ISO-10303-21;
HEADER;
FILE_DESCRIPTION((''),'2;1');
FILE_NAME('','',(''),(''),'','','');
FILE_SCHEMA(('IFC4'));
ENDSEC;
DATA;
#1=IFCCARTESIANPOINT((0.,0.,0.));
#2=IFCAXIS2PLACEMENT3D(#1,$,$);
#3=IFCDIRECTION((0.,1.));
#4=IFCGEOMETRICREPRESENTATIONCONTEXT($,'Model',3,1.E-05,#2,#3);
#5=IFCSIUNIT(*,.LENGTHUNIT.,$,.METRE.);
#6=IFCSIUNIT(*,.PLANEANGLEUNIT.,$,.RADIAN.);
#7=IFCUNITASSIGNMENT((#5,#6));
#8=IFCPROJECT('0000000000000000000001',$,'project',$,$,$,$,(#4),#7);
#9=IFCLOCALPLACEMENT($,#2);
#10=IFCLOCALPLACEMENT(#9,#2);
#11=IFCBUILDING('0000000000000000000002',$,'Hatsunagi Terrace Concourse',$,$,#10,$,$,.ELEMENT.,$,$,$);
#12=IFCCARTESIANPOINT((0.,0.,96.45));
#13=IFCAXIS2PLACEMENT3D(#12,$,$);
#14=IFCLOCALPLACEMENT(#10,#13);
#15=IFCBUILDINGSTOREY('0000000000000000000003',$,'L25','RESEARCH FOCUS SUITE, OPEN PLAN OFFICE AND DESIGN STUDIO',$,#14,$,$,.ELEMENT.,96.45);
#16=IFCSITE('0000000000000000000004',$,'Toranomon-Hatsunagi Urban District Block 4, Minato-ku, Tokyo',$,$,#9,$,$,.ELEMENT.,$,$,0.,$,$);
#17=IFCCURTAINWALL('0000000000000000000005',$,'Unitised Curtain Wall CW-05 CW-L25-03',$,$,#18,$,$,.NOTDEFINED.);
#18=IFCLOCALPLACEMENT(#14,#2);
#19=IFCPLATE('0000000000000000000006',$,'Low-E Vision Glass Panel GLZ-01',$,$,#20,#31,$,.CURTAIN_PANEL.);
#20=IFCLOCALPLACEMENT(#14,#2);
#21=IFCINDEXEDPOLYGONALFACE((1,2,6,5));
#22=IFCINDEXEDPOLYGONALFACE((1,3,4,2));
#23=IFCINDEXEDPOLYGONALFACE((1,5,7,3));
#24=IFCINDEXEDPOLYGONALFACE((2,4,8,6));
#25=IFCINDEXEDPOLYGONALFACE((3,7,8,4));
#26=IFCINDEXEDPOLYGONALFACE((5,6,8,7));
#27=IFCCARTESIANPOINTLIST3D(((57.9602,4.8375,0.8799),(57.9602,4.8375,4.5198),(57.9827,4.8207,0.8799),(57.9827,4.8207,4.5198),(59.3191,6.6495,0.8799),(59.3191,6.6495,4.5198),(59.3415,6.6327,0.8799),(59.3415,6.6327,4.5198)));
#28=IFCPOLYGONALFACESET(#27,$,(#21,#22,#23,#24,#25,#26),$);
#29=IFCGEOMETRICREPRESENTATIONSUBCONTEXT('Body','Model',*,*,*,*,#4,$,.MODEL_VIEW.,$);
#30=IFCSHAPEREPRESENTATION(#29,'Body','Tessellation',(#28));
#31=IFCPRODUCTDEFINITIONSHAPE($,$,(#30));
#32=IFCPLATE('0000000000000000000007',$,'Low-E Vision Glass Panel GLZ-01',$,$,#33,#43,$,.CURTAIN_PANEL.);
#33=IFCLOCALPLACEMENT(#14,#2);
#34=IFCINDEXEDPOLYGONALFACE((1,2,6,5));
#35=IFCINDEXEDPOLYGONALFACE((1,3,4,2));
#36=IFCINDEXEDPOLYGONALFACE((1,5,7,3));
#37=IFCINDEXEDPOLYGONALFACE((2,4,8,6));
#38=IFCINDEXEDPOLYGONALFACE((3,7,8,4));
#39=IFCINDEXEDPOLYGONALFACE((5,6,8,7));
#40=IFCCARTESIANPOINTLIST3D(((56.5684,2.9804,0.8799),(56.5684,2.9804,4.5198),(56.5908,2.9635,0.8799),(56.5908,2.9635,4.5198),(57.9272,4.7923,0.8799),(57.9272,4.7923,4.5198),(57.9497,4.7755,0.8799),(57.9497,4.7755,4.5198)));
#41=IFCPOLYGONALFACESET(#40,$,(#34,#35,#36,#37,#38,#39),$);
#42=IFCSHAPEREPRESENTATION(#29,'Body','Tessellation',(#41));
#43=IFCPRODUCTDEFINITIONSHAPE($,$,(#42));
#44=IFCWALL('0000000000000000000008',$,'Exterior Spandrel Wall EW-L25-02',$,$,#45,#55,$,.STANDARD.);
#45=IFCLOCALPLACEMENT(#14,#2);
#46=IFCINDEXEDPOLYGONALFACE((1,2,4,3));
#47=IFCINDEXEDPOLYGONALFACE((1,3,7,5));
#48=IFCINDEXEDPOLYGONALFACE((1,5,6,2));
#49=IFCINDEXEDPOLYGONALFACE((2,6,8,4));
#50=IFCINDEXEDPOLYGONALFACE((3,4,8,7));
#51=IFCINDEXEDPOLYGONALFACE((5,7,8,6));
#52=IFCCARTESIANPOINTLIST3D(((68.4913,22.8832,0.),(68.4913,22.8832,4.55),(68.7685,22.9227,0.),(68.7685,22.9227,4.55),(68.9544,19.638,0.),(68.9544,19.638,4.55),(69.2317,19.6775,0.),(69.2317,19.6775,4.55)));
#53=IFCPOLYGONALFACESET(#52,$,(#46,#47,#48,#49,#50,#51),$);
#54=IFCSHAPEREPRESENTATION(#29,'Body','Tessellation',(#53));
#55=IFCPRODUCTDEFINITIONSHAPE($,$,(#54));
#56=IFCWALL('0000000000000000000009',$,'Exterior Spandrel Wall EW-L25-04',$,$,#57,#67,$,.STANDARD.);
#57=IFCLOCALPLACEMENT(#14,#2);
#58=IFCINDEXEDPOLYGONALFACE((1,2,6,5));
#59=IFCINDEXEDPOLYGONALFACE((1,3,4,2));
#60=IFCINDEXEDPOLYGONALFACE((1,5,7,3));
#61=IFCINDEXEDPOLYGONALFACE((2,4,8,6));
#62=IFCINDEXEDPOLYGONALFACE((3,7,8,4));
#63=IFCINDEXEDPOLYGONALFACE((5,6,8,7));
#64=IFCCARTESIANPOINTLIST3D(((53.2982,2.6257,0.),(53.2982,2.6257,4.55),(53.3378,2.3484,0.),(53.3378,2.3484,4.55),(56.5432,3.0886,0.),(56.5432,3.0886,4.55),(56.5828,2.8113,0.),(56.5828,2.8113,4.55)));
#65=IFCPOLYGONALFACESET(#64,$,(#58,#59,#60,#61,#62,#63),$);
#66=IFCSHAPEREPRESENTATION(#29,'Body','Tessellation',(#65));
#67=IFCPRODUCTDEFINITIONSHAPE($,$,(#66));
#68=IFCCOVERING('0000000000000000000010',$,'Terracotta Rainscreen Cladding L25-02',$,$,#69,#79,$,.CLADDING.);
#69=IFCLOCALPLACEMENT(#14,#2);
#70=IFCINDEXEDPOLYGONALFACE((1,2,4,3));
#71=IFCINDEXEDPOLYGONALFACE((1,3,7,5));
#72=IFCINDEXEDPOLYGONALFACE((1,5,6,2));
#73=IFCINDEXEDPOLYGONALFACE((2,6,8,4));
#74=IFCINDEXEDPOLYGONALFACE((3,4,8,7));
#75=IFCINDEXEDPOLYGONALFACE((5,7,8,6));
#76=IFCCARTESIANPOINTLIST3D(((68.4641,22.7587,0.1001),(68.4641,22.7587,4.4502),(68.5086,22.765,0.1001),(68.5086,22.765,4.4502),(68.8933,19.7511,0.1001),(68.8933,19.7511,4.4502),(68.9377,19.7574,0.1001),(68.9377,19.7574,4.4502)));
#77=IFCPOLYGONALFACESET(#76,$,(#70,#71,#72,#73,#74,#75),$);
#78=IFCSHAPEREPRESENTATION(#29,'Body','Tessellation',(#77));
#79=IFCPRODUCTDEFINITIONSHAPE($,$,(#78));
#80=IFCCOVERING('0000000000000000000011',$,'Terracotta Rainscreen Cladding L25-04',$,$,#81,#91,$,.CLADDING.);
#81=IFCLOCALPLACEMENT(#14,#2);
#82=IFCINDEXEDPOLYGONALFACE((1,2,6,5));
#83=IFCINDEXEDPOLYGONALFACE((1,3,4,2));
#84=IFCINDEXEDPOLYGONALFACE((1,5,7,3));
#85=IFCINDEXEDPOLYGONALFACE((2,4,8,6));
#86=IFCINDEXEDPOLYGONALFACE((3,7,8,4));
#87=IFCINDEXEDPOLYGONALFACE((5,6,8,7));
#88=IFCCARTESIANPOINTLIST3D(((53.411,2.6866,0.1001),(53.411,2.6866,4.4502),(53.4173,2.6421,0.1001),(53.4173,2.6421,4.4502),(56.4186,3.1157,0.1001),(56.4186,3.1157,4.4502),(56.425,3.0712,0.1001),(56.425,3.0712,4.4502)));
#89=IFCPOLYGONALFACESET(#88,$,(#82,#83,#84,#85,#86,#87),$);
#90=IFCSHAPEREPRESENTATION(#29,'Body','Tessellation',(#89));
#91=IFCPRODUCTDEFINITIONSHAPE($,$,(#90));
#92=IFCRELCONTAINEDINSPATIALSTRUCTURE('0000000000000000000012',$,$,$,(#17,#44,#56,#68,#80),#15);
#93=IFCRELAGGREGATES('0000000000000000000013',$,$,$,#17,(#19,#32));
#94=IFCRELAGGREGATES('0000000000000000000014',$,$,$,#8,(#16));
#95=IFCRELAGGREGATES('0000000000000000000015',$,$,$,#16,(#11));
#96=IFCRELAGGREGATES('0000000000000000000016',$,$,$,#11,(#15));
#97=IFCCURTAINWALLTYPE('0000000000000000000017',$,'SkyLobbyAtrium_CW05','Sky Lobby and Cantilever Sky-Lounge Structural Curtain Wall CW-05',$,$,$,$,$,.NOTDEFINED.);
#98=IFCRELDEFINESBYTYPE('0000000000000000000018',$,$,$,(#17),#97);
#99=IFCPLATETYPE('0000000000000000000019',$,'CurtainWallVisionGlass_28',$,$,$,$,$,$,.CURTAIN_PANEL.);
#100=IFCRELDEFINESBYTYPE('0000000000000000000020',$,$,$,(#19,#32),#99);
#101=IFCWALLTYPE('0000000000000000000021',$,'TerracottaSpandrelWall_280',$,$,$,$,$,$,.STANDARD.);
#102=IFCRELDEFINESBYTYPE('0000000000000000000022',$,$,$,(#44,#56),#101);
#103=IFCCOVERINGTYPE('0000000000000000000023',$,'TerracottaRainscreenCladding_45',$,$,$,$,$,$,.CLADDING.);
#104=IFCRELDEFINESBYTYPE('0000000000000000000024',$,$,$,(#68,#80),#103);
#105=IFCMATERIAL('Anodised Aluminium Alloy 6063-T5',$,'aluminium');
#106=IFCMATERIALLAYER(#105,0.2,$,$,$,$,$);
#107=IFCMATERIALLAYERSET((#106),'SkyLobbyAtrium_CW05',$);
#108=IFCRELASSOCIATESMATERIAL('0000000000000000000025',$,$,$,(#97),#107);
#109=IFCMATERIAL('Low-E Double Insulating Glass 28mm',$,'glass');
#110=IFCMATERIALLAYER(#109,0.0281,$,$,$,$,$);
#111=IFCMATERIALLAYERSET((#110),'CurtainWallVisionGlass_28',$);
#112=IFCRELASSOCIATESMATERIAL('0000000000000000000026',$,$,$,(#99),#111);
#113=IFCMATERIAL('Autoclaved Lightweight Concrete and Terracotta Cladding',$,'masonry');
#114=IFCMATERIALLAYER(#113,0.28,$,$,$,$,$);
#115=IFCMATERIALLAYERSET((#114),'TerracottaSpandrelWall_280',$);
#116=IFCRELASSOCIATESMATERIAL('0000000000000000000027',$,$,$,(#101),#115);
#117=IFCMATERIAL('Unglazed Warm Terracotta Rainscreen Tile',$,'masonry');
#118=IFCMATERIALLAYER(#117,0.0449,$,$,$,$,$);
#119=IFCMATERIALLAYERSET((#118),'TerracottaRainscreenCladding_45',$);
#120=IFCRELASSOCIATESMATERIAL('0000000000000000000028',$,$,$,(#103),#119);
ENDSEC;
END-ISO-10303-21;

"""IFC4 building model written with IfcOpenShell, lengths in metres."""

from ifc_helpers import new_model, si_unit, direction, frame, frame_2d, origin, origin_2d, place, context, subcontext, project, spatial, rectangle, extrude, material, layer, layer_set, type_object, element, aggregate, save


model = new_model("IFC4")

# Units and contexts
model_context = context("Model", 3, precision=1e-05, world=origin(), true_north=direction((0.0, 1.0)))
body_context = subcontext(model_context, "Body", "Model", "MODEL_VIEW")
ifc_project = project(units=[si_unit("LENGTHUNIT", "METRE"), si_unit("PLANEANGLEUNIT", "RADIAN")], contexts=[model_context])

# Site, building, storey
site_placement = place(None, origin())
site = spatial("IfcSite", under=ifc_project, at=site_placement, Name="Toranomon-Hatsunagi Urban District Block 4, Minato-ku, Tokyo", CompositionType="ELEMENT", RefElevation=0.0)
building_placement = place(site_placement, origin())
building = spatial("IfcBuilding", under=site, at=building_placement, Name="Hatsunagi Terrace Concourse", CompositionType="ELEMENT")
storey_placement = place(building_placement, frame((0.0, 0.0, 96.45)))
storey = spatial("IfcBuildingStorey", under=building, at=storey_placement, Name="L25", Description="RESEARCH FOCUS SUITE, OPEN PLAN OFFICE AND DESIGN STUDIO", CompositionType="ELEMENT", Elevation=96.45)

# Curtain wall
ifc_material_1 = material(Name="Anodised Aluminium Alloy 6063-T5", Category="aluminium")
ifc_layer_1 = layer(ifc_material_1, 0.2)
ifc_layer_set_1 = layer_set([ifc_layer_1], Name="SkyLobbyAtrium_CW05")
curtain_wall_type = type_object("IfcCurtainWallType", Name="SkyLobbyAtrium_CW05", Description="Sky Lobby and Cantilever Sky-Lounge Structural Curtain Wall CW-05", PredefinedType="NOTDEFINED", material=ifc_layer_set_1)
curtain_wall_placement = place(storey_placement, origin())
curtain_wall = element("IfcCurtainWall", 1, at=curtain_wall_placement, inside=storey, type_object=curtain_wall_type, Name="Unitised Curtain Wall CW-05 CW-L25-03", PredefinedType="NOTDEFINED")

# Plates
ifc_material_2 = material(Name="Low-E Double Insulating Glass 28mm", Category="glass")
ifc_layer_2 = layer(ifc_material_2, 0.0281)
ifc_layer_set_2 = layer_set([ifc_layer_2], Name="CurtainWallVisionGlass_28")
plate_type_1 = type_object("IfcPlateType", Name="CurtainWallVisionGlass_28", PredefinedType="CURTAIN_PANEL", material=ifc_layer_set_2)
plate_1_placement = place(storey_placement, frame((58.6509, 5.7351, 0.8799), z_axis=(0.0, 0.0, 1.0), x_axis=(-0.599969, -0.800023, 0.0)))
plate_1 = element("IfcPlate", 2, at=plate_1_placement, type_object=plate_type_1, Name="Low-E Vision Glass Panel GLZ-01", PredefinedType="CURTAIN_PANEL", context=body_context, shape_type="SweptSolid", body=[
    extrude(rectangle(XDim=2.2649, YDim=0.0281, at=origin_2d()), origin(), (0.0, 0.0, 1.0), 3.6399),
])
plate_2_placement = place(storey_placement, frame((57.259, 3.8779, 0.8799), z_axis=(0.0, 0.0, 1.0), x_axis=(-0.599969, -0.800023, 0.0)))
plate_2 = element("IfcPlate", 3, at=plate_2_placement, type_object=plate_type_1, Name="Low-E Vision Glass Panel GLZ-01", PredefinedType="CURTAIN_PANEL", context=body_context, shape_type="SweptSolid", body=[
    extrude(rectangle(XDim=2.2649, YDim=0.0281, at=origin_2d()), origin(), (0.0, 0.0, 1.0), 3.6399),
])
aggregate(curtain_wall, [plate_1, plate_2])

# Walls
ifc_material_3 = material(Name="Autoclaved Lightweight Concrete and Terracotta Cladding", Category="masonry")
ifc_layer_3 = layer(ifc_material_3, 0.28)
ifc_layer_set_3 = layer_set([ifc_layer_3], Name="TerracottaSpandrelWall_280")
wall_type = type_object("IfcWallType", Name="TerracottaSpandrelWall_280", PredefinedType="STANDARD", material=ifc_layer_set_3)
wall_1_placement = place(storey_placement, frame((68.6299, 22.9031, 0.0), z_axis=(0.0, 0.0, 1.0), x_axis=(0.141286, -0.989969, 0.0)))
element("IfcWall", 4, at=wall_1_placement, inside=storey, type_object=wall_type, Name="Exterior Spandrel Wall EW-L25-02", PredefinedType="STANDARD", context=body_context, shape_type="SweptSolid", body=[
    extrude(rectangle(XDim=3.2781, YDim=0.28, at=frame_2d((1.6392, 0.0))), origin(), (0.0, 0.0, 1.0), 4.55),
])
wall_2_placement = place(storey_placement, frame((56.563, 2.95, 0.0), z_axis=(0.0, 0.0, 1.0), x_axis=(-0.989978, -0.141223, 0.0)))
element("IfcWall", 5, at=wall_2_placement, inside=storey, type_object=wall_type, Name="Exterior Spandrel Wall EW-L25-04", PredefinedType="STANDARD", context=body_context, shape_type="SweptSolid", body=[
    extrude(rectangle(XDim=3.2778, YDim=0.28, at=frame_2d((1.6389, 0.0))), origin(), (0.0, 0.0, 1.0), 4.55),
])

# Coverings
ifc_material_4 = material(Name="Unglazed Warm Terracotta Rainscreen Tile", Category="masonry")
ifc_layer_4 = layer(ifc_material_4, 0.0449)
ifc_layer_set_4 = layer_set([ifc_layer_4], Name="TerracottaRainscreenCladding_45")
covering_type = type_object("IfcCoveringType", Name="TerracottaRainscreenCladding_45", PredefinedType="CLADDING", material=ifc_layer_set_4)
for number, where, z_axis, x_axis, name in (
    (6, (68.7009, 21.2581, 0.1001), (0.0, 0.0, 1.0), (0.14125, -0.989974, 0.0), "Terracotta Rainscreen Cladding L25-02"),
    (7, (54.918, 2.8789, 0.1001), (0.0, 0.0, 1.0), (-0.989974, -0.14125, 0.0), "Terracotta Rainscreen Cladding L25-04"),
):
    element("IfcCovering", number, at=place(storey_placement, frame(where, z_axis=z_axis, x_axis=x_axis)), inside=storey, type_object=covering_type, Name=name, PredefinedType="CLADDING", context=body_context, shape_type="SweptSolid", body=[
        extrude(rectangle(XDim=3.0381, YDim=0.0449, at=origin_2d()), origin(), (0.0, 0.0, 1.0), 4.3501),
    ])

save(model, "model.ifc")
